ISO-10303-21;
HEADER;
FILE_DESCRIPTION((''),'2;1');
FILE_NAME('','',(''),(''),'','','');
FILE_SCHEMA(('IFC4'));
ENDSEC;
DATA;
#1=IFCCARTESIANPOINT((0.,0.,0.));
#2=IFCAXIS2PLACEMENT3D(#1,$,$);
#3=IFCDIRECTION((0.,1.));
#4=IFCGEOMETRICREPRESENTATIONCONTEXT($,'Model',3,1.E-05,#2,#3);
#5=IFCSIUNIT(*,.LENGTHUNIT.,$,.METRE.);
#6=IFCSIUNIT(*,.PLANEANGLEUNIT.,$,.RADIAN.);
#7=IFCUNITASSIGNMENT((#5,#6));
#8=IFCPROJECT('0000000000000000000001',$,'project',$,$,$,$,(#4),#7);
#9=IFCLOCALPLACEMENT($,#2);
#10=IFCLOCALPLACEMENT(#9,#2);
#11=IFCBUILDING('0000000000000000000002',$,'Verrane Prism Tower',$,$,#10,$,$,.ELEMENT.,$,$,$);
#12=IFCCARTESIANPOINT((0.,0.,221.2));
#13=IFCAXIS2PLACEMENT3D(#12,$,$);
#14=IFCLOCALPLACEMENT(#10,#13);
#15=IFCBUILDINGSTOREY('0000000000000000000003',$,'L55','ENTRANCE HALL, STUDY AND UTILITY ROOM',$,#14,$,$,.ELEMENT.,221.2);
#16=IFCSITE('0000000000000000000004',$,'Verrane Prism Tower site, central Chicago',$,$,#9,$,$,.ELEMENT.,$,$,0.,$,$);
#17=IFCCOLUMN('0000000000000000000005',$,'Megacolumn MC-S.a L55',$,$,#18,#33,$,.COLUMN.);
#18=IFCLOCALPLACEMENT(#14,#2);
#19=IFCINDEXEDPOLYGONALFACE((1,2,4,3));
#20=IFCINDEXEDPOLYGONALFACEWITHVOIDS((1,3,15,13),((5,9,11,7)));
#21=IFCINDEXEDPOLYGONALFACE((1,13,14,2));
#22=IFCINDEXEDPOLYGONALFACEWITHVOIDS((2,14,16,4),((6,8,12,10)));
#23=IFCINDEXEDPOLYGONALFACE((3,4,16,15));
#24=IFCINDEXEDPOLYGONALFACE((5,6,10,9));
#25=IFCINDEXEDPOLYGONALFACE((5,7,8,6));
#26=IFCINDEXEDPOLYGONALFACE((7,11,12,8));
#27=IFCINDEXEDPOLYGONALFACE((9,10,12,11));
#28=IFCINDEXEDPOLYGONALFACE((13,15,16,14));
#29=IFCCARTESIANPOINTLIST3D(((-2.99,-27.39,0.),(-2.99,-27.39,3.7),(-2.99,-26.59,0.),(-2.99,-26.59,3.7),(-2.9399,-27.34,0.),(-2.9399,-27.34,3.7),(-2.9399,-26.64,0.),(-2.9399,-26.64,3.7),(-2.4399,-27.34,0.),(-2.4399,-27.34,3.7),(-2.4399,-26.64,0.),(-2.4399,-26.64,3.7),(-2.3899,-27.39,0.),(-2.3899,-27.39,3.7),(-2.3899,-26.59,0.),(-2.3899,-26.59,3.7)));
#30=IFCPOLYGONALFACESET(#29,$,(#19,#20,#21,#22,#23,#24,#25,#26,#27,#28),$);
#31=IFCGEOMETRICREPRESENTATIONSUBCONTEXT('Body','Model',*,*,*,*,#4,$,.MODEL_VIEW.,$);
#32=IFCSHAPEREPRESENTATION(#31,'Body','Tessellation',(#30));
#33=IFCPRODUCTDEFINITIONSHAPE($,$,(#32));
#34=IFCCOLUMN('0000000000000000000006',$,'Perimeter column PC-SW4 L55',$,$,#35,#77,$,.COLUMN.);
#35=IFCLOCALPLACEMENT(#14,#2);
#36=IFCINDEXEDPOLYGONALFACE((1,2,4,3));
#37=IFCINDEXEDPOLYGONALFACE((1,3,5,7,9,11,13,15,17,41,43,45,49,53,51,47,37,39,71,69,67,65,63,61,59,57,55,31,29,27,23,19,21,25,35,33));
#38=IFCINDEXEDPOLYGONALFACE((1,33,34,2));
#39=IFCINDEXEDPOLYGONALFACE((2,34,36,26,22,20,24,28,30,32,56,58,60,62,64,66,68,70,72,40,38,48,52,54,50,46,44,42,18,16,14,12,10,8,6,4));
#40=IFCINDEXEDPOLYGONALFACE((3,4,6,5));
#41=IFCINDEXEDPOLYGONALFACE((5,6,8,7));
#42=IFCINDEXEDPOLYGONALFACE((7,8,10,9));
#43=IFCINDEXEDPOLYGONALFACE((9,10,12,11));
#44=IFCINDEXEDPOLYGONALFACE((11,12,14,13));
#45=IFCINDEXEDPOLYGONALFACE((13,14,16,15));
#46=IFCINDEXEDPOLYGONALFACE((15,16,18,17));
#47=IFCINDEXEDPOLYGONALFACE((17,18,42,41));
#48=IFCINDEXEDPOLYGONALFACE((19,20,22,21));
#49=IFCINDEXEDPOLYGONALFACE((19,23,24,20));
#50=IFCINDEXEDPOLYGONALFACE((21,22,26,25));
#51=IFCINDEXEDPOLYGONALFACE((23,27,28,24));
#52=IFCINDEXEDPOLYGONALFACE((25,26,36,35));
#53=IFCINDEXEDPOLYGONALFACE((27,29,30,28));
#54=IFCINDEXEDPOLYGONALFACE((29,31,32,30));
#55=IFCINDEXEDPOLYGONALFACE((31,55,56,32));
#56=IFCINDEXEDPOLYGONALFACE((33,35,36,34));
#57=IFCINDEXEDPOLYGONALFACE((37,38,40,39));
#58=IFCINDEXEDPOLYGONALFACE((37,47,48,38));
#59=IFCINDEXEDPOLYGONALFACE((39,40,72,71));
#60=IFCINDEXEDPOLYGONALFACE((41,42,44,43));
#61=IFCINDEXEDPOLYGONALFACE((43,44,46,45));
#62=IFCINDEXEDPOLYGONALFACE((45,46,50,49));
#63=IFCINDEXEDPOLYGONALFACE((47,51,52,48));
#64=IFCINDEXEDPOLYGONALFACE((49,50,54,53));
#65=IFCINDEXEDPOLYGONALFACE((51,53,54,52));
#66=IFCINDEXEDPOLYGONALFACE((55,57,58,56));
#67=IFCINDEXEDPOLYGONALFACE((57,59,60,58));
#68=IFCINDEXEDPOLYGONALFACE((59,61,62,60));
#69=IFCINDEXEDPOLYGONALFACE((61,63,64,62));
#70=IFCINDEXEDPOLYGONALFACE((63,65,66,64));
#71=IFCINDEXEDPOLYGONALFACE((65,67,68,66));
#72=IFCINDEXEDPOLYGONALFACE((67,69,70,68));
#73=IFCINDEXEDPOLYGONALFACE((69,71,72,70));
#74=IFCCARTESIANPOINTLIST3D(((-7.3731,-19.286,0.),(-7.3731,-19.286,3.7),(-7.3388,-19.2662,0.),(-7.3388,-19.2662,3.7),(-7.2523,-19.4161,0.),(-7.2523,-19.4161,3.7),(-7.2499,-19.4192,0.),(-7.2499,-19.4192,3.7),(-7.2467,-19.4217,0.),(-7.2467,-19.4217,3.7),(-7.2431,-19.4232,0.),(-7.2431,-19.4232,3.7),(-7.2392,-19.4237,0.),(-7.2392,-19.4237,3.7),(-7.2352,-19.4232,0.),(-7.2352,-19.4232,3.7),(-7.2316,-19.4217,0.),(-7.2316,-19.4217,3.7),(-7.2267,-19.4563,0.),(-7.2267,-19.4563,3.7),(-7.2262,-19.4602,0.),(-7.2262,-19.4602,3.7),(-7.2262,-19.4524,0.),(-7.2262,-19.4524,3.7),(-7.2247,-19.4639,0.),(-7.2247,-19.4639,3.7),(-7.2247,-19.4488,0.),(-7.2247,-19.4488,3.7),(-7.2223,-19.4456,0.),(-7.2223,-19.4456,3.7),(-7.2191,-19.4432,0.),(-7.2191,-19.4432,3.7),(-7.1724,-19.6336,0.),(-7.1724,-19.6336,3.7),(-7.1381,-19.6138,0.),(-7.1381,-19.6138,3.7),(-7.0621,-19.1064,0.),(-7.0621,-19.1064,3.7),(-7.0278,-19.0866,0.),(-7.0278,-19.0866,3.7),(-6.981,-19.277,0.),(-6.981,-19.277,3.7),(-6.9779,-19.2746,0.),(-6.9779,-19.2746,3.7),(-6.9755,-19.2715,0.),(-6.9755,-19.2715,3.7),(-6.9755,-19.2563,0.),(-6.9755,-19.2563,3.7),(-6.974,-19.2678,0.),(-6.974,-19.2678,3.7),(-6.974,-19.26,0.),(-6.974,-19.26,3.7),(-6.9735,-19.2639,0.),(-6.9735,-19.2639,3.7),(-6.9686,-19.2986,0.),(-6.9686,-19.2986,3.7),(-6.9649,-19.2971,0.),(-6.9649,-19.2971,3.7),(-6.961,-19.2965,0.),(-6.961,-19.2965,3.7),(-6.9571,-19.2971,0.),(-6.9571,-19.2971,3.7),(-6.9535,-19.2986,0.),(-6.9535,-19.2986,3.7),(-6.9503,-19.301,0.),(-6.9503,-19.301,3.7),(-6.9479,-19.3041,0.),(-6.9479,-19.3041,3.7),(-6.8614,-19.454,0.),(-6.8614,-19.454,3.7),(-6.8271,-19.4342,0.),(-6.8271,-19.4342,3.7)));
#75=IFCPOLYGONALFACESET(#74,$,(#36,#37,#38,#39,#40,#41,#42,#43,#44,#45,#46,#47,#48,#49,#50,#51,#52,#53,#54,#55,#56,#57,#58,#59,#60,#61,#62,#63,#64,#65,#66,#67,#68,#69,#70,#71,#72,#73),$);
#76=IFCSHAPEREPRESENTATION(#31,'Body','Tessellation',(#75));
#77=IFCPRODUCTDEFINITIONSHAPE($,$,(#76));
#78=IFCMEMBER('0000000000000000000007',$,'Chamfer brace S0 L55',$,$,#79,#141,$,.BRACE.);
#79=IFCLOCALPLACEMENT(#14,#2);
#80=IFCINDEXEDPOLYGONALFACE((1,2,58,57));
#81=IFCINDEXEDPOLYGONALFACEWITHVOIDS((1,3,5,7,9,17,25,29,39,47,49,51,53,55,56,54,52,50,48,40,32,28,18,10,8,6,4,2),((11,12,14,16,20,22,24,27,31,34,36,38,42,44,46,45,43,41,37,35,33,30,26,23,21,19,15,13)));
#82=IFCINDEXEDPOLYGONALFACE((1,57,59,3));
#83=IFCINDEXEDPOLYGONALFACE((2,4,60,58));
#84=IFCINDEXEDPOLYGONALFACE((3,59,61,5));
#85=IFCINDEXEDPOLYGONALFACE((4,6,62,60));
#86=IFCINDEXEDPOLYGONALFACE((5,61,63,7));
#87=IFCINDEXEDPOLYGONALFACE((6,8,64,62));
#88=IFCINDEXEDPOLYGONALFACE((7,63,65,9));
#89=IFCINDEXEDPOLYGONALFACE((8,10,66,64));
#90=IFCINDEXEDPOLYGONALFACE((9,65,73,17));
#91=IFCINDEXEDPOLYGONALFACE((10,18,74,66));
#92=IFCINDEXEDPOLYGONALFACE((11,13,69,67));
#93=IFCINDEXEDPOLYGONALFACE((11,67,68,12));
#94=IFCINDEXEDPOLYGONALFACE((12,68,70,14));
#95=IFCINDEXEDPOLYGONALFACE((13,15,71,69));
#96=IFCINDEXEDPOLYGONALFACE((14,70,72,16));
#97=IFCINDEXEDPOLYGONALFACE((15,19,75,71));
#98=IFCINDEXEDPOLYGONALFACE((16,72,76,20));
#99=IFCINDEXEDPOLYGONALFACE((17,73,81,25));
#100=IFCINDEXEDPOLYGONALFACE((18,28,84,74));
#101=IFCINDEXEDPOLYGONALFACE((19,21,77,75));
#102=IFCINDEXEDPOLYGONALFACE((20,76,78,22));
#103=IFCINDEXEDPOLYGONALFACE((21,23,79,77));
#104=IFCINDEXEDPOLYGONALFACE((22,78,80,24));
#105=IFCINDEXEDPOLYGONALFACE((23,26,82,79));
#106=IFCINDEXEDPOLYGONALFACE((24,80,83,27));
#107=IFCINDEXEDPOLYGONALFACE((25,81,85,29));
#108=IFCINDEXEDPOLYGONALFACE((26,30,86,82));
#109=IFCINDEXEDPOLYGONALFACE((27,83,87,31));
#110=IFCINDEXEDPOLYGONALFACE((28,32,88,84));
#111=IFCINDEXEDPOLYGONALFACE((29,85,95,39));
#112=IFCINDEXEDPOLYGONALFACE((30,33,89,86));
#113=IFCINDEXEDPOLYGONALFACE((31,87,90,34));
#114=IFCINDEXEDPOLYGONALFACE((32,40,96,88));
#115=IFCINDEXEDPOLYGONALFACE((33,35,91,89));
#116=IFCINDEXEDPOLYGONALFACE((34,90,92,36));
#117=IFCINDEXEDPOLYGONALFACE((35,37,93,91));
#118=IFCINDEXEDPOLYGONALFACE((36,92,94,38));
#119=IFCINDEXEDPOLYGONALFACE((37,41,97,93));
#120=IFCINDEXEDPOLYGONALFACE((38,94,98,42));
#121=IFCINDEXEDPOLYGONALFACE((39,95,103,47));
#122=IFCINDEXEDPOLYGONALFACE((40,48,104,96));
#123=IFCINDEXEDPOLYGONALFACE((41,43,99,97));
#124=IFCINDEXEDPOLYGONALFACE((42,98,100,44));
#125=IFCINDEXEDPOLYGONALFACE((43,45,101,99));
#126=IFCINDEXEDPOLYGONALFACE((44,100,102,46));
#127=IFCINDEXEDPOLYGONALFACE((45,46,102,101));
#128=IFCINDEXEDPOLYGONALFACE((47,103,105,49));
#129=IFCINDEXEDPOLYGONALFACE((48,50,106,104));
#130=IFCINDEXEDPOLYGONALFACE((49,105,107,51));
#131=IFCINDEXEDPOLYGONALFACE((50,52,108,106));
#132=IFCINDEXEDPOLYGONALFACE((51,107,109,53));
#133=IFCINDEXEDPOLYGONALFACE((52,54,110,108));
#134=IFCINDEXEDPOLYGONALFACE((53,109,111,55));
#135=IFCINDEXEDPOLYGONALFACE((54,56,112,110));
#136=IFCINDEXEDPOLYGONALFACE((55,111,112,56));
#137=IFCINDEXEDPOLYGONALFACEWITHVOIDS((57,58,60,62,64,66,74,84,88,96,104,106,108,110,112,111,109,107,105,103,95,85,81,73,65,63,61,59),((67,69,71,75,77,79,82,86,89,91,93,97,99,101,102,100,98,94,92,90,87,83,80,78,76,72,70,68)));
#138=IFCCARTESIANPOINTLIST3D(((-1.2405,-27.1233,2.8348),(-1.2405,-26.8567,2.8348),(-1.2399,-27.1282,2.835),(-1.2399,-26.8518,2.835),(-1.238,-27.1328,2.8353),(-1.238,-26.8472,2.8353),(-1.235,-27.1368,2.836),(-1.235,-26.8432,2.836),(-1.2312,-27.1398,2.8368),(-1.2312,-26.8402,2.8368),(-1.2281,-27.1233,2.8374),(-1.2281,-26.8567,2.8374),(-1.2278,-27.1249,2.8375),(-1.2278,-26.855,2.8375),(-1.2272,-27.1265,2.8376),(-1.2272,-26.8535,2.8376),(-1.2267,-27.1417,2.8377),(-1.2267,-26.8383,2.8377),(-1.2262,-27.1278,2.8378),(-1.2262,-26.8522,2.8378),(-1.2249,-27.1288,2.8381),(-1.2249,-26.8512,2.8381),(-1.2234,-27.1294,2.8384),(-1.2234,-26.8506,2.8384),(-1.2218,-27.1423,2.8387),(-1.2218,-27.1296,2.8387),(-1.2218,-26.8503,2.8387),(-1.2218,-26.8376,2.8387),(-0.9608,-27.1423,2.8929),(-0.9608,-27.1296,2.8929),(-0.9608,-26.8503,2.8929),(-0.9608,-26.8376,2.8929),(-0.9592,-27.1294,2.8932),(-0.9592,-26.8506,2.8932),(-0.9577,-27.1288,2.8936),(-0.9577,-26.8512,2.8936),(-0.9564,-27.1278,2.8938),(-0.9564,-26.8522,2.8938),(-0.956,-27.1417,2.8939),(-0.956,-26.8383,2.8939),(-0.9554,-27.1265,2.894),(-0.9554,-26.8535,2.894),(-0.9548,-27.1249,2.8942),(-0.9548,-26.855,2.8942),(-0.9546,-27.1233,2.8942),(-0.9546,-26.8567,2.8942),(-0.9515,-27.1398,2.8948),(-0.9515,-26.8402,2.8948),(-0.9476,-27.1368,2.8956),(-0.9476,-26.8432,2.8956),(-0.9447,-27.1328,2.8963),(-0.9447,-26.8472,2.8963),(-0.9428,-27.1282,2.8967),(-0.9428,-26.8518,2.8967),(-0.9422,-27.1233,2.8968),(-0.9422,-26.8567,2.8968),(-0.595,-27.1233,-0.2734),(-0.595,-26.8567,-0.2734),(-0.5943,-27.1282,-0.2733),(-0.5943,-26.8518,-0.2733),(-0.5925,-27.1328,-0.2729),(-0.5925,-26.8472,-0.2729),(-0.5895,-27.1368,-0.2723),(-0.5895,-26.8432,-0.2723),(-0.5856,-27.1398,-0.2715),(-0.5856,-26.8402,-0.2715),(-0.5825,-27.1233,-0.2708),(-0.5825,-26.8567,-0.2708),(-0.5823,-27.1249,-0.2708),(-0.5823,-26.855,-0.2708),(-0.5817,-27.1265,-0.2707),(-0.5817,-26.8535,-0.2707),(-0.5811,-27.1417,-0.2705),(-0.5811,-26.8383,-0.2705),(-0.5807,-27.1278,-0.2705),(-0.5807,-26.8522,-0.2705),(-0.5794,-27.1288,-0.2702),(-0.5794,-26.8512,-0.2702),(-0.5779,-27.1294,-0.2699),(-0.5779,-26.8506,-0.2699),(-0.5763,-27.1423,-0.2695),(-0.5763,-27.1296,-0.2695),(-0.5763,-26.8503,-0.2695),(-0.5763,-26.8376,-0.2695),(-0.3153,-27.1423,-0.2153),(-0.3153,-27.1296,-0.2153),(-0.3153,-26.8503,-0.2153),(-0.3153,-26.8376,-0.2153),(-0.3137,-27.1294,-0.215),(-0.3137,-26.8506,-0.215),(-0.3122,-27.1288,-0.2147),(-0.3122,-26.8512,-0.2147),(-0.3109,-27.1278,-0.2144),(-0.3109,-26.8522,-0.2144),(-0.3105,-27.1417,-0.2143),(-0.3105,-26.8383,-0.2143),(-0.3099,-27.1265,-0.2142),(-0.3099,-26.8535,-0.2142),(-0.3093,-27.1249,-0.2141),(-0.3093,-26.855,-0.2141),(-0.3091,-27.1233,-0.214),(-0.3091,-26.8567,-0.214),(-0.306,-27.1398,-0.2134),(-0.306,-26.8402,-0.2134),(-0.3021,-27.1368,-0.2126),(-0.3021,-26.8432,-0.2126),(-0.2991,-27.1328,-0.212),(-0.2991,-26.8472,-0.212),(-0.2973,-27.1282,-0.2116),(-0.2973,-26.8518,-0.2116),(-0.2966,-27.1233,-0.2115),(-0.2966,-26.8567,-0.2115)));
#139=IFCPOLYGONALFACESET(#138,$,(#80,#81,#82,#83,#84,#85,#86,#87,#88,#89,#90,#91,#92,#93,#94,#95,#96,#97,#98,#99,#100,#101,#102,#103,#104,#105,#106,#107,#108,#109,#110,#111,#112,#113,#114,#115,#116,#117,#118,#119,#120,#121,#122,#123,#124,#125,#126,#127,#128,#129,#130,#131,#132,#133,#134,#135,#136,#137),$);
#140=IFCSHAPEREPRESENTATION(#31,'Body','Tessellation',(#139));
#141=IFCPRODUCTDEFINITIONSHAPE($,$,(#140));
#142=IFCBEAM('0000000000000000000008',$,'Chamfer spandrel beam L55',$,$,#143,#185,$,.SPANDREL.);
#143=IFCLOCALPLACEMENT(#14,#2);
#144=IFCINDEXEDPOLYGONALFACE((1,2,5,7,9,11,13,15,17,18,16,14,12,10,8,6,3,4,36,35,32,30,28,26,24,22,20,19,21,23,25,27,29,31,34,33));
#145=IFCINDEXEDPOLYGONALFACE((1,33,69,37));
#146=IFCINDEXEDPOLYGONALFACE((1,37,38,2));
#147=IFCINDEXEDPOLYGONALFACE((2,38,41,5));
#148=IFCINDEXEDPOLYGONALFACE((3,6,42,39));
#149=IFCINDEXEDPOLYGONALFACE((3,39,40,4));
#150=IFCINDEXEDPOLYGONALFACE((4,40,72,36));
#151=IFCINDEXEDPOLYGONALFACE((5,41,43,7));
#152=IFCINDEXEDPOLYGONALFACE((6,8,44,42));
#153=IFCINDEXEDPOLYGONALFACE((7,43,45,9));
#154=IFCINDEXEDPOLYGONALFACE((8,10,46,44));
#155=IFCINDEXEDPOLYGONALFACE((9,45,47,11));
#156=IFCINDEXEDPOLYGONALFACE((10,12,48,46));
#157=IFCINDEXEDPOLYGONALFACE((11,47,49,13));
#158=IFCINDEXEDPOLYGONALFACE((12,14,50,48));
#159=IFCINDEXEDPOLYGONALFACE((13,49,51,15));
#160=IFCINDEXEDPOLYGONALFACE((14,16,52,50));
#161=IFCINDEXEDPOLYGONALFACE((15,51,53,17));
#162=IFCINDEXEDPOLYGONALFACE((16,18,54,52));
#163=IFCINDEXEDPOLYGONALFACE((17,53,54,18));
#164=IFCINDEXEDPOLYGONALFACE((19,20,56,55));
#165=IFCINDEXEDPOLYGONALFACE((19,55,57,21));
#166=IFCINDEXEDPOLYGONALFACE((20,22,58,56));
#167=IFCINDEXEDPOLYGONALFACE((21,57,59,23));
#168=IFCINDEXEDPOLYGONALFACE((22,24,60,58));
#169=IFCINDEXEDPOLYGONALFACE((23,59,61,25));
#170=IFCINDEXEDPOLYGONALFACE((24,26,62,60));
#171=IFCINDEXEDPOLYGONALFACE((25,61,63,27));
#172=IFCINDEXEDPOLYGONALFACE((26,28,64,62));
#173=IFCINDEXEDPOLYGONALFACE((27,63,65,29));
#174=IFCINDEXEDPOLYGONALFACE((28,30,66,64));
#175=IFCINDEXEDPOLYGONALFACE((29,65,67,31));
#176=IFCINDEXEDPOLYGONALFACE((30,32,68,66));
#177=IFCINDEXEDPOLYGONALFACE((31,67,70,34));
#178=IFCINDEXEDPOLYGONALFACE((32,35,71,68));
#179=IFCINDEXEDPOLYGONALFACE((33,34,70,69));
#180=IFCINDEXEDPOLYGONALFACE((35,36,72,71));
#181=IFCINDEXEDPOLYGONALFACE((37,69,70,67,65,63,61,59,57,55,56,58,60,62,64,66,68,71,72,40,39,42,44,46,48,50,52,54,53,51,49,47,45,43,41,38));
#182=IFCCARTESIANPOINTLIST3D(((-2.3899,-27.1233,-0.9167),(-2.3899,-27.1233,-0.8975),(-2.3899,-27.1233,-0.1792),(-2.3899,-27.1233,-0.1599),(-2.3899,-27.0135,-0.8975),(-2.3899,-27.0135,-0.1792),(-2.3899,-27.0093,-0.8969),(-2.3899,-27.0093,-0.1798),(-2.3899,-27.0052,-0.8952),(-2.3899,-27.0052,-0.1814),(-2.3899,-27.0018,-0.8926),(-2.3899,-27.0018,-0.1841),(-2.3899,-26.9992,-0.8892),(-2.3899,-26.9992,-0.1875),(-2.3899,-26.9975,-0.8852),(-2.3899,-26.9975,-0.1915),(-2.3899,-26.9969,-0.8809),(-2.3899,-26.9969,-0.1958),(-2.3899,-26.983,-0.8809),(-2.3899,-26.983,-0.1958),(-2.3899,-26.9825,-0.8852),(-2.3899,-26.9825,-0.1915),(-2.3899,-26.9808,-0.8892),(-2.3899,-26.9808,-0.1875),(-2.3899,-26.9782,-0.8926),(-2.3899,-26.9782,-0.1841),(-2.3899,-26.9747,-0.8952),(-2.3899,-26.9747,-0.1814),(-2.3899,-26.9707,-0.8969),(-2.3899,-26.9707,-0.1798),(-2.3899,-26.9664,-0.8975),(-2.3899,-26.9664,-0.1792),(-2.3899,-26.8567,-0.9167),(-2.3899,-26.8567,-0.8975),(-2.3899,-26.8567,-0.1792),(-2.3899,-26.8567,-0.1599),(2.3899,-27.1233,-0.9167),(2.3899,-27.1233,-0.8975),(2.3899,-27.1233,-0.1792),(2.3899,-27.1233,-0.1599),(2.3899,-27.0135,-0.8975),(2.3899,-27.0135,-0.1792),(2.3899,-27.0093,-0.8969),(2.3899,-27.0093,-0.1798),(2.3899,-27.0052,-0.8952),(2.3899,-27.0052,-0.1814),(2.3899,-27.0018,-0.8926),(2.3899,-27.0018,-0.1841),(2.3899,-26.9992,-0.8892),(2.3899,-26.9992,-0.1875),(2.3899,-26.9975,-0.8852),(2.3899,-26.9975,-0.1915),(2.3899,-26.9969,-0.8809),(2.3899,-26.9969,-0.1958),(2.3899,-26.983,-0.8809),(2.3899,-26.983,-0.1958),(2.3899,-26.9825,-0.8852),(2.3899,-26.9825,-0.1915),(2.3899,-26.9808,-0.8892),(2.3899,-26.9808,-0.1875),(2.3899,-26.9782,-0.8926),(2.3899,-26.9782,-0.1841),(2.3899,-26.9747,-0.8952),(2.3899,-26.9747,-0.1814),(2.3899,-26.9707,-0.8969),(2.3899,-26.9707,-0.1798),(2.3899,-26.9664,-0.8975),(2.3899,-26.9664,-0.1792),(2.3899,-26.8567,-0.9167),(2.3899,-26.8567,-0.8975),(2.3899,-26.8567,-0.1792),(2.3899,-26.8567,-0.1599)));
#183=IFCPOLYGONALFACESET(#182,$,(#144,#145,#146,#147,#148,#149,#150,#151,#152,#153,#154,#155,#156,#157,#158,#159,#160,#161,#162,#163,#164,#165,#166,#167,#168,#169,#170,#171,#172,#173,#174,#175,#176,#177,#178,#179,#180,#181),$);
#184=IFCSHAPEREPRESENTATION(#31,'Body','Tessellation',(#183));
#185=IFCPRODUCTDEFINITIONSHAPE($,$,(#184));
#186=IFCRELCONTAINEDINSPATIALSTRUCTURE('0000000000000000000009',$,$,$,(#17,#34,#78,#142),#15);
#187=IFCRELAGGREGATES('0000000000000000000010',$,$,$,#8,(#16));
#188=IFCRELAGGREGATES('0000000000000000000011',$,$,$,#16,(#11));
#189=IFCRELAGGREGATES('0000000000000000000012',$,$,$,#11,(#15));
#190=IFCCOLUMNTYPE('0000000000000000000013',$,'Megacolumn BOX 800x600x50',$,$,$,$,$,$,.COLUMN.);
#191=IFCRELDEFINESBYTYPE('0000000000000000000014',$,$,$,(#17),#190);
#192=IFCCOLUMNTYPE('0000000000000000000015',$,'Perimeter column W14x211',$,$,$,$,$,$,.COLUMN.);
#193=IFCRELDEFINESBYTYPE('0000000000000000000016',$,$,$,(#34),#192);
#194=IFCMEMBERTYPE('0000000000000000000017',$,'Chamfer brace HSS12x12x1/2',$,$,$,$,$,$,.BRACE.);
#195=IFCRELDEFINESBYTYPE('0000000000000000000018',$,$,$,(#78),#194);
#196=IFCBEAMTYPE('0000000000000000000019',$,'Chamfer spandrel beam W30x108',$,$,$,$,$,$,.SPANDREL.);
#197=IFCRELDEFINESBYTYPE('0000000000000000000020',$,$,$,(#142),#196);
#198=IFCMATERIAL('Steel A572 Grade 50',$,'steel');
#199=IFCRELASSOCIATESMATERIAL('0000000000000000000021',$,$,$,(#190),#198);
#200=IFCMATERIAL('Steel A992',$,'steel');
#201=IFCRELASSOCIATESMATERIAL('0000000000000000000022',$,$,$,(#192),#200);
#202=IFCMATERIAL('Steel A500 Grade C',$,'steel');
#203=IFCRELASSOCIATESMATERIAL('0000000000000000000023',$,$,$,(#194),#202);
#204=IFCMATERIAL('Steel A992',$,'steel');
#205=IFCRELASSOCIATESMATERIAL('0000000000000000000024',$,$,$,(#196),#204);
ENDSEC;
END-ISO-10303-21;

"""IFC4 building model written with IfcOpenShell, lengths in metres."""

from ifc_helpers import new_model, si_unit, direction, frame, origin, origin_2d, place, context, subcontext, project, spatial, hollow_rectangle, i_section, extrude, material, material_profile, profile_set, type_object, element, save


model = new_model("IFC4")

# Units and contexts
model_context = context("Model", 3, precision=1e-05, world=origin(), true_north=direction((0.0, 1.0)))
body_context = subcontext(model_context, "Body", "Model", "MODEL_VIEW")
ifc_project = project(units=[si_unit("LENGTHUNIT", "METRE"), si_unit("PLANEANGLEUNIT", "RADIAN")], contexts=[model_context])

# Site, building, storey
site_placement = place(None, origin())
site = spatial("IfcSite", under=ifc_project, at=site_placement, Name="Verrane Prism Tower site, central Chicago", CompositionType="ELEMENT", RefElevation=0.0)
building_placement = place(site_placement, origin())
building = spatial("IfcBuilding", under=site, at=building_placement, Name="Verrane Prism Tower", CompositionType="ELEMENT")
storey_placement = place(building_placement, frame((0.0, 0.0, 221.2)))
storey = spatial("IfcBuildingStorey", under=building, at=storey_placement, Name="L55", Description="ENTRANCE HALL, STUDY AND UTILITY ROOM", CompositionType="ELEMENT", Elevation=221.2)

# Columns
ifc_material_1 = material(Name="Steel A572 Grade 50", Category="steel")
ifc_material_profile_1 = material_profile(ifc_material_1, hollow_rectangle(XDim=0.6001, YDim=0.8, WallThickness=0.05, at=origin_2d()), Name="BOX 800x600x50")
ifc_profile_set_1 = profile_set([ifc_material_profile_1], Name="Steel A572 Grade 50")
column_type_1 = type_object("IfcColumnType", Name="Megacolumn BOX 800x600x50", PredefinedType="COLUMN", material=ifc_profile_set_1)
column_1_placement = place(storey_placement, frame((-2.6899, -26.99, 0.0), z_axis=(0.0, 0.0, 1.0), x_axis=(-1.0, 0.0, 0.0)))
element("IfcColumn", 1, at=column_1_placement, inside=storey, type_object=column_type_1, Name="Megacolumn MC-S.a L55", PredefinedType="COLUMN", context=body_context, shape_type="SweptSolid", body=[
    extrude(hollow_rectangle(XDim=0.6001, YDim=0.8, WallThickness=0.05, at=origin_2d()), origin(), (0.0, 0.0, 1.0), 3.7),
])
ifc_material_2 = material(Name="Steel A992", Category="steel")
ifc_material_profile_2 = material_profile(ifc_material_2, i_section(OverallWidth=0.4014, OverallDepth=0.3987, WebThickness=0.0249, FlangeThickness=0.0396, FilletRadius=0.0151, at=origin_2d()), Name="W14x211")
ifc_profile_set_2 = profile_set([ifc_material_profile_2], Name="Steel A992")
column_type_2 = type_object("IfcColumnType", Name="Perimeter column W14x211", PredefinedType="COLUMN", material=ifc_profile_set_2)
column_2_placement = place(storey_placement, frame((-7.1001, -19.3601, 0.0), z_axis=(0.0, 0.0, 1.0), x_axis=(-0.5, 0.866025, 0.0)))
element("IfcColumn", 2, at=column_2_placement, inside=storey, type_object=column_type_2, Name="Perimeter column PC-SW4 L55", PredefinedType="COLUMN", context=body_context, shape_type="SweptSolid", body=[
    extrude(i_section(OverallWidth=0.4014, OverallDepth=0.3987, WebThickness=0.0249, FlangeThickness=0.0396, FilletRadius=0.0151, at=origin_2d()), origin(), (0.0, 0.0, 1.0), 3.7),
])

# Member
ifc_material_3 = material(Name="Steel A500 Grade C", Category="steel")
ifc_material_profile_3 = material_profile(ifc_material_3, hollow_rectangle(XDim=0.3047, YDim=0.3047, WallThickness=0.0127, InnerFilletRadius=0.0063, OuterFilletRadius=0.019, at=origin_2d()), Name="HSS12x12x1/2")
ifc_profile_set_3 = profile_set([ifc_material_profile_3], Name="Steel A500 Grade C")
member_type_1 = type_object("IfcMemberType", Name="Chamfer brace HSS12x12x1/2", PredefinedType="BRACE", material=ifc_profile_set_3)
member_1_placement = place(storey_placement, frame((-0.4458, -26.99, -0.2424), z_axis=(-0.203343, 0.0, 0.979108), x_axis=(0.0, -1.0, 0.0)))
element("IfcMember", 3, at=member_1_placement, inside=storey, type_object=member_type_1, Name="Chamfer brace S0 L55", PredefinedType="BRACE", context=body_context, shape_type="SweptSolid", body=[
    extrude(hollow_rectangle(XDim=0.3047, YDim=0.3047, WallThickness=0.0127, InnerFilletRadius=0.0063, OuterFilletRadius=0.019, at=origin_2d()), origin(), (0.0, 0.0, 1.0), 3.1746),
])

# Beam
ifc_material_4 = material(Name="Steel A992", Category="steel")
ifc_material_profile_4 = material_profile(ifc_material_4, i_section(OverallWidth=0.2666, OverallDepth=0.7568, WebThickness=0.0139, FlangeThickness=0.0193, FilletRadius=0.0166, at=origin_2d()), Name="W30x108")
ifc_profile_set_4 = profile_set([ifc_material_profile_4], Name="Steel A992")
beam_type_1 = type_object("IfcBeamType", Name="Chamfer spandrel beam W30x108", PredefinedType="SPANDREL", material=ifc_profile_set_4)
beam_1_placement = place(storey_placement, frame((-2.3899, -26.99, -0.5383), z_axis=(1.0, 0.0, 0.0), x_axis=(0.0, 1.0, 0.0)))
element("IfcBeam", 4, at=beam_1_placement, inside=storey, type_object=beam_type_1, Name="Chamfer spandrel beam L55", PredefinedType="SPANDREL", context=body_context, shape_type="SweptSolid", body=[
    extrude(i_section(OverallWidth=0.2666, OverallDepth=0.7568, WebThickness=0.0139, FlangeThickness=0.0193, FilletRadius=0.0166, at=origin_2d()), origin(), (0.0, 0.0, 1.0), 4.7798),
])

save(model, "model.ifc")
